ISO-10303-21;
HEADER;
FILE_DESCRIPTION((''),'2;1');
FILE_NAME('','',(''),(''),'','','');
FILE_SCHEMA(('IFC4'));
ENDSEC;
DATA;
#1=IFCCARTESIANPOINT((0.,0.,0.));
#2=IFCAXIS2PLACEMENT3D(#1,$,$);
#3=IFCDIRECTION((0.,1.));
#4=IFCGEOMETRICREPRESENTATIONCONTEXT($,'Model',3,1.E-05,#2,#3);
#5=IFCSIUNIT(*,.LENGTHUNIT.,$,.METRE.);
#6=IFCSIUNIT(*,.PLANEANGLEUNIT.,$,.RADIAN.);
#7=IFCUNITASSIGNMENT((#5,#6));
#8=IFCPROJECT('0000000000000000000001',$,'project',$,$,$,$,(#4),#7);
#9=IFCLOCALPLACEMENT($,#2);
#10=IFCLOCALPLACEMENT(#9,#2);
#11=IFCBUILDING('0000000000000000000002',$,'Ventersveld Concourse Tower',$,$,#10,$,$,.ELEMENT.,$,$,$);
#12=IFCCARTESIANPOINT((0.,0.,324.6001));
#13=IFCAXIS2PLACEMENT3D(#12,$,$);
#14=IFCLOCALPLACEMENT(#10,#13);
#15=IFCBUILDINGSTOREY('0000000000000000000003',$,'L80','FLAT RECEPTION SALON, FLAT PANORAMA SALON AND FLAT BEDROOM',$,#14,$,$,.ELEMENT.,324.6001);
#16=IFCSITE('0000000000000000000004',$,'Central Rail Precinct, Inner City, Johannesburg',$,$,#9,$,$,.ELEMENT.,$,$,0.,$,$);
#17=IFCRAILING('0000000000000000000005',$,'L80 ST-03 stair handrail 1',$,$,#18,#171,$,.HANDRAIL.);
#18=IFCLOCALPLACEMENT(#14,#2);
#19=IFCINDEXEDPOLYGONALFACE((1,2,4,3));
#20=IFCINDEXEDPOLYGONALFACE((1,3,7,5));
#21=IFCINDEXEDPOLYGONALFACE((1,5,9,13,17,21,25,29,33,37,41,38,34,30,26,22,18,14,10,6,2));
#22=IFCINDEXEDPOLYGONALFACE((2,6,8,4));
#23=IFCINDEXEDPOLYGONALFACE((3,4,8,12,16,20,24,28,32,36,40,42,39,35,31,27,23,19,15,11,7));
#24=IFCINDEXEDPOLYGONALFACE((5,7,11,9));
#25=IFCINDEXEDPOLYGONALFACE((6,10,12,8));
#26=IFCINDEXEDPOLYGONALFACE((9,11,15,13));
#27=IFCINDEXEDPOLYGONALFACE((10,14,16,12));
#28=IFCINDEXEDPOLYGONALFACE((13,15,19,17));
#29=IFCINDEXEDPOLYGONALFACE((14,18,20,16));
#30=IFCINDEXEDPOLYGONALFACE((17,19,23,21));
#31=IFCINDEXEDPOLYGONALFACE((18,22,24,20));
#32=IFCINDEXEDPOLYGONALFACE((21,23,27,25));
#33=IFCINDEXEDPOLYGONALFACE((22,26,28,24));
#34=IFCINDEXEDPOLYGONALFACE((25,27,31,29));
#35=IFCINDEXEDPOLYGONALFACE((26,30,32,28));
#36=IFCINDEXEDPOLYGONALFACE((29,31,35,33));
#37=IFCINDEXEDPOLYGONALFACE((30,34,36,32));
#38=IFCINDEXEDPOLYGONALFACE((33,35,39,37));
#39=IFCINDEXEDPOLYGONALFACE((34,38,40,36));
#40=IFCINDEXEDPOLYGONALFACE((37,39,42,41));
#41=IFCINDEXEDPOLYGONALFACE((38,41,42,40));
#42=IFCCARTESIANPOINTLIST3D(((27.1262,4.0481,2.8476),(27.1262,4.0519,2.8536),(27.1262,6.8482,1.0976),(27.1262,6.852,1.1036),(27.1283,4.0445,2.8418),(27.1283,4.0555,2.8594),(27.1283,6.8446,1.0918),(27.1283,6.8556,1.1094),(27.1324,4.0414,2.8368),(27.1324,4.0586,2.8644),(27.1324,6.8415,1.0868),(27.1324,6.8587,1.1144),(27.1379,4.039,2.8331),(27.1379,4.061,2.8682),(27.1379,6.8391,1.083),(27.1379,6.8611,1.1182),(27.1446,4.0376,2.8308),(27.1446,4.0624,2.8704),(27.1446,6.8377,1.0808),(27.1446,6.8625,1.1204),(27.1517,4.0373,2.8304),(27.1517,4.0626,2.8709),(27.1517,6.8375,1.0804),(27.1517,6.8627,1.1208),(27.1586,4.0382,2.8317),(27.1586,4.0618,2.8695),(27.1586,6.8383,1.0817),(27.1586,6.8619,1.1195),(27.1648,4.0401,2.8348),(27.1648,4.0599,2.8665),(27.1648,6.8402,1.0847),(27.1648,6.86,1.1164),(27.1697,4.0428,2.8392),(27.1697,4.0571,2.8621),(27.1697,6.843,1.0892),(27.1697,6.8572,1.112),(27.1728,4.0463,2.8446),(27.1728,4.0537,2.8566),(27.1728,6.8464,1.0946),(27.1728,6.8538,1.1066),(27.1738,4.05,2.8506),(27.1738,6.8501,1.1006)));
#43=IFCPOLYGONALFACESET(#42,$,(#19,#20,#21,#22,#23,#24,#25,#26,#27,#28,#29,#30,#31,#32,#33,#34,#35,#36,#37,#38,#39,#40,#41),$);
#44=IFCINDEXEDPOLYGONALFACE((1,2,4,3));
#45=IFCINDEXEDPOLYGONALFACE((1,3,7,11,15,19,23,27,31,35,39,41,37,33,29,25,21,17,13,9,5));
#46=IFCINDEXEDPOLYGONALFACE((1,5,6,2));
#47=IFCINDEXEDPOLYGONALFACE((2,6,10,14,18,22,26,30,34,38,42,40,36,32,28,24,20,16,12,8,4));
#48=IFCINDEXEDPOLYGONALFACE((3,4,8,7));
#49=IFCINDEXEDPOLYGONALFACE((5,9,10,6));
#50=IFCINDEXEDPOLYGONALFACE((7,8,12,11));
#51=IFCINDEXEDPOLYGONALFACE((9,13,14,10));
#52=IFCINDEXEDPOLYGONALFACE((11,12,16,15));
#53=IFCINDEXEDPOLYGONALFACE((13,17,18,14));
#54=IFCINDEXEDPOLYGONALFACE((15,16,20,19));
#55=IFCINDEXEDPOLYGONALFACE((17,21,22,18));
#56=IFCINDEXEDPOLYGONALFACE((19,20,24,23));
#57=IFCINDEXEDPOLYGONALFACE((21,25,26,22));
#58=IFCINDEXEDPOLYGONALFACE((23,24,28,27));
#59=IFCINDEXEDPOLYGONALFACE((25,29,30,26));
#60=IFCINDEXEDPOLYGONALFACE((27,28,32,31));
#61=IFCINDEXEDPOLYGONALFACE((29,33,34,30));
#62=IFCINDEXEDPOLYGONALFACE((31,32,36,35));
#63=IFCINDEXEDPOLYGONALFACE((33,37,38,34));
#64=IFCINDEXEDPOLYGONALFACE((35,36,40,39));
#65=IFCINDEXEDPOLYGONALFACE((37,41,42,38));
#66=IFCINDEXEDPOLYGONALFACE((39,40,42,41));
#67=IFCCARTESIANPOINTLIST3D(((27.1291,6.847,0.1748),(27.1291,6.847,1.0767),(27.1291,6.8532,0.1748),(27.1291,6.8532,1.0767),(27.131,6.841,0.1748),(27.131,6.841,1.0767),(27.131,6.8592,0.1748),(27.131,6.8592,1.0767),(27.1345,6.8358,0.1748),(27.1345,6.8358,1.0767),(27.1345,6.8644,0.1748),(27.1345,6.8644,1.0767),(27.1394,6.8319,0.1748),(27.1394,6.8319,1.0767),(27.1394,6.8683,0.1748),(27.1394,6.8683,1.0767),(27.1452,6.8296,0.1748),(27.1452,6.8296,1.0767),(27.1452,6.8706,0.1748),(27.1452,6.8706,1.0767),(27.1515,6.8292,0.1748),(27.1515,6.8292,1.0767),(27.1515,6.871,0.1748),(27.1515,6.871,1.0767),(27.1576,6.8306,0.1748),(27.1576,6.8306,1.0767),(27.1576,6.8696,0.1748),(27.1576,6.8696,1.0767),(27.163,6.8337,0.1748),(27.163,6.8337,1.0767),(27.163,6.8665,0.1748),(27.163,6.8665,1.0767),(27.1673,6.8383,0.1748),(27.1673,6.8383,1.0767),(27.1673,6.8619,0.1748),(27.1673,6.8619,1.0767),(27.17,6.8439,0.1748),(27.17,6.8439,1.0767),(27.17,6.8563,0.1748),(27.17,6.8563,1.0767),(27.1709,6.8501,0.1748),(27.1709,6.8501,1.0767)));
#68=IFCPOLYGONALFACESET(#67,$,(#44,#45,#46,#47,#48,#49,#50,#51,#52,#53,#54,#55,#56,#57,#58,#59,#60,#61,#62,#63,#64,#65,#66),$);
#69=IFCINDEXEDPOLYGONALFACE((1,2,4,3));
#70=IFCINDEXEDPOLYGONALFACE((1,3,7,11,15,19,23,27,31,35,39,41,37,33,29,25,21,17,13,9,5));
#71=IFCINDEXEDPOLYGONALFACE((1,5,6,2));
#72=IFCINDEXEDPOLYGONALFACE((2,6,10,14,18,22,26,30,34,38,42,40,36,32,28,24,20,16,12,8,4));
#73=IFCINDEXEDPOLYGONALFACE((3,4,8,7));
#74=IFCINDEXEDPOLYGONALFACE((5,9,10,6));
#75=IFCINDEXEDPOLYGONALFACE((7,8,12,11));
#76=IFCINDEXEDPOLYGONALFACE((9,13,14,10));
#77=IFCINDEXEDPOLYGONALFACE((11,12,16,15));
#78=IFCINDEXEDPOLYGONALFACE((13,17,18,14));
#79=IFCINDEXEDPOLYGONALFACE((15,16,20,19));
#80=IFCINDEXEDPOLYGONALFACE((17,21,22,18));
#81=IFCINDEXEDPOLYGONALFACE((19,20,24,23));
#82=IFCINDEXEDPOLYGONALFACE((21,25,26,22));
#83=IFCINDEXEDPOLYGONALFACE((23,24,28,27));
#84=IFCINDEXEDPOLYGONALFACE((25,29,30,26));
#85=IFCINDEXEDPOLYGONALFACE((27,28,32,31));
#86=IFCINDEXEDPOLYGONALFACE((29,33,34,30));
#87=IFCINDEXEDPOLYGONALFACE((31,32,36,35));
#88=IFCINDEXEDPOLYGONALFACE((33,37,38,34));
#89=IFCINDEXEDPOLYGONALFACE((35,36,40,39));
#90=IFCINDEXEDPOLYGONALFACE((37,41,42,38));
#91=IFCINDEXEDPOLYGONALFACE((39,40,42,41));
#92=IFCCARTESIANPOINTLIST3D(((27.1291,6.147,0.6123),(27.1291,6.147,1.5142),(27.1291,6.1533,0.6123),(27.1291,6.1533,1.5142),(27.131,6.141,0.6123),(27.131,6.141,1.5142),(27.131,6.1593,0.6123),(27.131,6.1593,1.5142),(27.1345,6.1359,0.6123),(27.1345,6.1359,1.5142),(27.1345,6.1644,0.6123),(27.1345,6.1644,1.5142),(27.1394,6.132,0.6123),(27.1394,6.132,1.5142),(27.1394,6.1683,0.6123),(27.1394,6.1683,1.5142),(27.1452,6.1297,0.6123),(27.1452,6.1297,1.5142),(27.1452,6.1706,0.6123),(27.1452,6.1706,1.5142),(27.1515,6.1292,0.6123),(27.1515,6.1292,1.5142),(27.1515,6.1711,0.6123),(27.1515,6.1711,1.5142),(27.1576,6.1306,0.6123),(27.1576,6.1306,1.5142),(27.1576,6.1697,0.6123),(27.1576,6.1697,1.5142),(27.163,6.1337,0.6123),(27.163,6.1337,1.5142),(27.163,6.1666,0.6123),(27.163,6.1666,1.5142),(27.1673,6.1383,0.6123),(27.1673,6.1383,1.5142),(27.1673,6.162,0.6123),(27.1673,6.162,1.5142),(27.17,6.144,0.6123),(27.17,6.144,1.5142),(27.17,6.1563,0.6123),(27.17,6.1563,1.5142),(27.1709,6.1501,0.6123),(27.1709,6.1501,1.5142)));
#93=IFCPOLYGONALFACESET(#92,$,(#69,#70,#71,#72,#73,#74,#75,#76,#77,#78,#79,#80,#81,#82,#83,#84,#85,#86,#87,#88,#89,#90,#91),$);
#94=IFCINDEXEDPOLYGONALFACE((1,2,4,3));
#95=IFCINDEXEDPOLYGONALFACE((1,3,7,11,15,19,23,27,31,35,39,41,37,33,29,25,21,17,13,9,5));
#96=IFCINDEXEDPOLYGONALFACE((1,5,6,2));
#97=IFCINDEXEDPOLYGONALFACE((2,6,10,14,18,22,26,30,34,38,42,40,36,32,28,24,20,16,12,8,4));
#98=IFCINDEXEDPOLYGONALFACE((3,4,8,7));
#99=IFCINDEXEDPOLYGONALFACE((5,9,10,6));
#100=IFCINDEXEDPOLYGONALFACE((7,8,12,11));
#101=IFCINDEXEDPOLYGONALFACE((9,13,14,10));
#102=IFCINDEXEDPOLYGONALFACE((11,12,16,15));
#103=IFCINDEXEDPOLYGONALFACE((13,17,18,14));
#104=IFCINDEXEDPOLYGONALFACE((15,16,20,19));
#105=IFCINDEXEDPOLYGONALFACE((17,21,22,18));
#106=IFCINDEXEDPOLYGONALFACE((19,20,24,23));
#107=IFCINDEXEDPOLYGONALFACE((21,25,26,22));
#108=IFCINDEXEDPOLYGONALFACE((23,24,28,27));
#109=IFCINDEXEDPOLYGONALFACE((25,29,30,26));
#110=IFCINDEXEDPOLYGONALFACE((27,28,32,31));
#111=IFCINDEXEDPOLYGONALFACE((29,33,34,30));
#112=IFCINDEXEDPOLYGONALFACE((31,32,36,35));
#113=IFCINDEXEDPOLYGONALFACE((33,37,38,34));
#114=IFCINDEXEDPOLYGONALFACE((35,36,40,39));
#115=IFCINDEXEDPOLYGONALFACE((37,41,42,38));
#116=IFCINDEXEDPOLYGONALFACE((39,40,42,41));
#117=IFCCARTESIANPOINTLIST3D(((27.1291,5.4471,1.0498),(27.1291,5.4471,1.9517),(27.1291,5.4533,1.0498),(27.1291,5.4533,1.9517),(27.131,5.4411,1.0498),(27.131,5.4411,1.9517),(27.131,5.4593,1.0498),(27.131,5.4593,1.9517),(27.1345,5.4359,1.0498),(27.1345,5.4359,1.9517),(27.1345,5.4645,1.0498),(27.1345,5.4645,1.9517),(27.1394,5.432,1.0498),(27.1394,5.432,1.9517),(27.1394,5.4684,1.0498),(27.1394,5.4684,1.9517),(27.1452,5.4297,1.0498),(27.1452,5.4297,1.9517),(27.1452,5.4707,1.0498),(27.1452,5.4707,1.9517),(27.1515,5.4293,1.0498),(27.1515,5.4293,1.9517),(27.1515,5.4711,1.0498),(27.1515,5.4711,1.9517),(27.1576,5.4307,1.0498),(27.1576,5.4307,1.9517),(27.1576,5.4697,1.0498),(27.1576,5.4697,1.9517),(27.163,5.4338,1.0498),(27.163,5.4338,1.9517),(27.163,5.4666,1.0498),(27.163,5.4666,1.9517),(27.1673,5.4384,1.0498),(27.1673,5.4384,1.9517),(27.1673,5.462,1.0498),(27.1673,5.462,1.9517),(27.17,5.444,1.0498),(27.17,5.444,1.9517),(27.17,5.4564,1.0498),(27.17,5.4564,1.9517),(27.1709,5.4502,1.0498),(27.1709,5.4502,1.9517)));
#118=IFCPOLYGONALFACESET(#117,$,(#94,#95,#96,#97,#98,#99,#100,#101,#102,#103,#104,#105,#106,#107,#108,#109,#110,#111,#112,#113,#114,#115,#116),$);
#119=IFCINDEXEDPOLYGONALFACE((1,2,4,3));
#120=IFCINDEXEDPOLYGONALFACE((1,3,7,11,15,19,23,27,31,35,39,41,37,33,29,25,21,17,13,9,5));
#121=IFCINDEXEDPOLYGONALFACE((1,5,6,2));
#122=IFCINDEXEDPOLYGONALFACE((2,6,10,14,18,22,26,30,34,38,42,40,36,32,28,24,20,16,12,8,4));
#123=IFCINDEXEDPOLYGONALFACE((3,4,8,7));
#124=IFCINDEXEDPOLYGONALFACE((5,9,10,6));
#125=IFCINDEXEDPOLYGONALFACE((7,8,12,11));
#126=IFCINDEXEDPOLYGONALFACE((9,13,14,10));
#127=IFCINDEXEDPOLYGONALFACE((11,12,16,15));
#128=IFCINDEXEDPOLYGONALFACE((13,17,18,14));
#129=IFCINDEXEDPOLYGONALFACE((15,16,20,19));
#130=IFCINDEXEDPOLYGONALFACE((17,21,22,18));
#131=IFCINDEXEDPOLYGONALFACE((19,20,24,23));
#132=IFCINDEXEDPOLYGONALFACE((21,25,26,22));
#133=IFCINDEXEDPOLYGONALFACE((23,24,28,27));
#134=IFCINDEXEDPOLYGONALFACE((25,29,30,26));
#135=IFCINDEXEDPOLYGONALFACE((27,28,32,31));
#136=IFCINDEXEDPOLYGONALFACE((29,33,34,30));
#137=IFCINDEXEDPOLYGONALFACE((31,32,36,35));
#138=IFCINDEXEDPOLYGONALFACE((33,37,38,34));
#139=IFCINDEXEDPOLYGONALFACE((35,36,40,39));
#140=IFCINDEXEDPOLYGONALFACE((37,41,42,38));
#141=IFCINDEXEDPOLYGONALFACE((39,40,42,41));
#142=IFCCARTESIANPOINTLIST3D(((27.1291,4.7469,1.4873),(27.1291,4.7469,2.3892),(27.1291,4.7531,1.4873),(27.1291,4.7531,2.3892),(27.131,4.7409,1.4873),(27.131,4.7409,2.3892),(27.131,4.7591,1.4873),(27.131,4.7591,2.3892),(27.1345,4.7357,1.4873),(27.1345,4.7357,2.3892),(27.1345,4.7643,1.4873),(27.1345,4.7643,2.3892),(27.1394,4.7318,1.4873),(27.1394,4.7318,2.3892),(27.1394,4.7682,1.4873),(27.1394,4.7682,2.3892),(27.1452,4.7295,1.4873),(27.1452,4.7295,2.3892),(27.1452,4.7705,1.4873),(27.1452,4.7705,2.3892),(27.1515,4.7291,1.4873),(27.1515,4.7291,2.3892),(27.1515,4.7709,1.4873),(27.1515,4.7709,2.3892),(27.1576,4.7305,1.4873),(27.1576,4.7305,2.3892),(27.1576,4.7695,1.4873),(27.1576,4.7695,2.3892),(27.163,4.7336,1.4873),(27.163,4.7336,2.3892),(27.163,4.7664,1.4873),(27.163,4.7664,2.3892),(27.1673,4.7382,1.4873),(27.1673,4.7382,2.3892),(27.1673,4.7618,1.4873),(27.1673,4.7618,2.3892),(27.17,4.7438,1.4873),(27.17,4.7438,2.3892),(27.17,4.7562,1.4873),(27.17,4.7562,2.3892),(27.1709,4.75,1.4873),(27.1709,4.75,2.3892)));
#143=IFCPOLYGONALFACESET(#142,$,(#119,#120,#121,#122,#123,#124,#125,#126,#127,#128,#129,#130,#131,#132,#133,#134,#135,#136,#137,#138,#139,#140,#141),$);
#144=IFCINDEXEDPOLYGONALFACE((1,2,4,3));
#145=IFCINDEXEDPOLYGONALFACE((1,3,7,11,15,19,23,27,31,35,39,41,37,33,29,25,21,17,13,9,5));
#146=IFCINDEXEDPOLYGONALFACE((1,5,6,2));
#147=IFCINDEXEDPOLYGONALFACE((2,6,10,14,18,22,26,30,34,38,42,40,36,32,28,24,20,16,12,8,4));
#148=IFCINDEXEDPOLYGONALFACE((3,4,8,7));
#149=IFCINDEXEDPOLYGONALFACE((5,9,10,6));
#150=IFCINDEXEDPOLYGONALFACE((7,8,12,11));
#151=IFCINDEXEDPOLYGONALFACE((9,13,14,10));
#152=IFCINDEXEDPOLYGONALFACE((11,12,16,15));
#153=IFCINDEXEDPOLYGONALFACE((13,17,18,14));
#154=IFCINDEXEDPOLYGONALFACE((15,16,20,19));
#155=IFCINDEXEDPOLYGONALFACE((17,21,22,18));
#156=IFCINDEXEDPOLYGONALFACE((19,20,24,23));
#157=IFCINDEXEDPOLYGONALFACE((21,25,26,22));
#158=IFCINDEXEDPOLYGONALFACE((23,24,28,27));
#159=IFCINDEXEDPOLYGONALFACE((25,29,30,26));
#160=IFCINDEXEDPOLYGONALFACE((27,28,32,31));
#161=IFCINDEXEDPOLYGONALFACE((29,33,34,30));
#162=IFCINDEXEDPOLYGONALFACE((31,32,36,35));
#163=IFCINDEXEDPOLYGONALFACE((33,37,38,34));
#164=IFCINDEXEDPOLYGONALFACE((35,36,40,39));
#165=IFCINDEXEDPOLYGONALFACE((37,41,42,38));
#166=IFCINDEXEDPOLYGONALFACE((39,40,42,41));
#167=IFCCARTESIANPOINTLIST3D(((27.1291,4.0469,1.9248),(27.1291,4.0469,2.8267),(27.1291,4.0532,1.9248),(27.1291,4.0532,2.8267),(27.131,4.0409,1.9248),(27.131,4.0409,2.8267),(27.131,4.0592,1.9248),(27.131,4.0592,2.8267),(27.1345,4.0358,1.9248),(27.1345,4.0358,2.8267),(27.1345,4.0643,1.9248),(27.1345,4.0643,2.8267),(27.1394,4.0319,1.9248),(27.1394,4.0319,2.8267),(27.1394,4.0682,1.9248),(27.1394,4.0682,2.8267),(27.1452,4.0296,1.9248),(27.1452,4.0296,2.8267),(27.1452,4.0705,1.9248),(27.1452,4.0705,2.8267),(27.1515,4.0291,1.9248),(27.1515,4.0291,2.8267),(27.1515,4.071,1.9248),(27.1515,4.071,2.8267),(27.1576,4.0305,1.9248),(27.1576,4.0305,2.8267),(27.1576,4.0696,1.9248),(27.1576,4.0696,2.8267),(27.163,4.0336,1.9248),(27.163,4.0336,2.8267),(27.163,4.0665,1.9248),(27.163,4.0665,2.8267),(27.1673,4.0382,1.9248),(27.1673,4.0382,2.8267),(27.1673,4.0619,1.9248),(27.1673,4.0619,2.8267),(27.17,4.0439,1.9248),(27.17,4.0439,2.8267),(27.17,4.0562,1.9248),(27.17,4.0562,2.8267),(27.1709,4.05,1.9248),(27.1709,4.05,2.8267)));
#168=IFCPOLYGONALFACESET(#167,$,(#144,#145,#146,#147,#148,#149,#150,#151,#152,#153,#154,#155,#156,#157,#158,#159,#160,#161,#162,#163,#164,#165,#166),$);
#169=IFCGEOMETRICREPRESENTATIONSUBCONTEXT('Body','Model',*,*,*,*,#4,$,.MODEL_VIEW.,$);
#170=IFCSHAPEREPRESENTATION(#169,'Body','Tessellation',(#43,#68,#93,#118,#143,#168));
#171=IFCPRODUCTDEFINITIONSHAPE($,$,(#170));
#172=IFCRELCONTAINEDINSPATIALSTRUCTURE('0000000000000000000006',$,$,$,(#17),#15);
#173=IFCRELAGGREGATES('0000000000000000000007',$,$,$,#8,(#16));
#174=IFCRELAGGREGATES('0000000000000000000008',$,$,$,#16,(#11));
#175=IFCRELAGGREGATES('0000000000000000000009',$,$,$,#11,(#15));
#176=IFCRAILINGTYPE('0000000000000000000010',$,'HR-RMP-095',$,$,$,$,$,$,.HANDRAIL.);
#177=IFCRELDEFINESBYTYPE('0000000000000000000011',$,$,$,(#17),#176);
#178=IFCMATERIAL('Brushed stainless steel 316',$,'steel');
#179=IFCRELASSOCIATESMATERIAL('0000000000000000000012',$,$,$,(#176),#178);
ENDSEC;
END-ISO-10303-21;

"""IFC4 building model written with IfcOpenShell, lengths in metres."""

from ifc_helpers import new_model, si_unit, direction, frame, origin, origin_2d, place, context, subcontext, project, spatial, circle, extrude, material, type_object, element, save


model = new_model("IFC4")

# Units and contexts
model_context = context("Model", 3, precision=1e-05, world=origin(), true_north=direction((0.0, 1.0)))
body_context = subcontext(model_context, "Body", "Model", "MODEL_VIEW")
ifc_project = project(units=[si_unit("LENGTHUNIT", "METRE"), si_unit("PLANEANGLEUNIT", "RADIAN")], contexts=[model_context])

# Site, building, storey
site_placement = place(None, origin())
site = spatial("IfcSite", under=ifc_project, at=site_placement, Name="Central Rail Precinct, Inner City, Johannesburg", CompositionType="ELEMENT", RefElevation=0.0)
building_placement = place(site_placement, origin())
building = spatial("IfcBuilding", under=site, at=building_placement, Name="Ventersveld Concourse Tower", CompositionType="ELEMENT")
storey_placement = place(building_placement, frame((0.0, 0.0, 324.6001)))
storey = spatial("IfcBuildingStorey", under=building, at=storey_placement, Name="L80", Description="FLAT RECEPTION SALON, FLAT PANORAMA SALON AND FLAT BEDROOM", CompositionType="ELEMENT", Elevation=324.6001)

# Shared definitions
ifc_material_1 = material(Name="Brushed stainless steel 316", Category="steel")

# Railing
railing_type_1 = type_object("IfcRailingType", Name="HR-RMP-095", PredefinedType="HANDRAIL", material=ifc_material_1)
railing_1_placement = place(storey_placement, frame((27.1499, 6.8501, 0.1748)))
element("IfcRailing", 1, at=railing_1_placement, inside=storey, type_object=railing_type_1, Name="L80 ST-03 stair handrail 1", PredefinedType="HANDRAIL", context=body_context, shape_type="SweptSolid", body=[
    extrude(circle(Radius=0.0239, at=origin_2d()), frame((0.0, 0.0, 0.9258), z_axis=(0.0, -0.848002, 0.529992), x_axis=(1.0, 0.0, 0.0)), (0.0, 0.0, 1.0), 3.302),
    extrude(circle(Radius=0.021, at=origin_2d()), origin(), (0.0, 0.0, 1.0), 0.9019),
    extrude(circle(Radius=0.021, at=origin_2d()), frame((0.0, -0.7, 0.4375)), (0.0, 0.0, 1.0), 0.9019),
    extrude(circle(Radius=0.021, at=origin_2d()), frame((0.0, -1.3999, 0.875)), (0.0, 0.0, 1.0), 0.9019),
    extrude(circle(Radius=0.021, at=origin_2d()), frame((0.0, -2.1001, 1.3125)), (0.0, 0.0, 1.0), 0.9019),
    extrude(circle(Radius=0.021, at=origin_2d()), frame((0.0, -2.8, 1.75)), (0.0, 0.0, 1.0), 0.9019),
])

save(model, "model.ifc")
